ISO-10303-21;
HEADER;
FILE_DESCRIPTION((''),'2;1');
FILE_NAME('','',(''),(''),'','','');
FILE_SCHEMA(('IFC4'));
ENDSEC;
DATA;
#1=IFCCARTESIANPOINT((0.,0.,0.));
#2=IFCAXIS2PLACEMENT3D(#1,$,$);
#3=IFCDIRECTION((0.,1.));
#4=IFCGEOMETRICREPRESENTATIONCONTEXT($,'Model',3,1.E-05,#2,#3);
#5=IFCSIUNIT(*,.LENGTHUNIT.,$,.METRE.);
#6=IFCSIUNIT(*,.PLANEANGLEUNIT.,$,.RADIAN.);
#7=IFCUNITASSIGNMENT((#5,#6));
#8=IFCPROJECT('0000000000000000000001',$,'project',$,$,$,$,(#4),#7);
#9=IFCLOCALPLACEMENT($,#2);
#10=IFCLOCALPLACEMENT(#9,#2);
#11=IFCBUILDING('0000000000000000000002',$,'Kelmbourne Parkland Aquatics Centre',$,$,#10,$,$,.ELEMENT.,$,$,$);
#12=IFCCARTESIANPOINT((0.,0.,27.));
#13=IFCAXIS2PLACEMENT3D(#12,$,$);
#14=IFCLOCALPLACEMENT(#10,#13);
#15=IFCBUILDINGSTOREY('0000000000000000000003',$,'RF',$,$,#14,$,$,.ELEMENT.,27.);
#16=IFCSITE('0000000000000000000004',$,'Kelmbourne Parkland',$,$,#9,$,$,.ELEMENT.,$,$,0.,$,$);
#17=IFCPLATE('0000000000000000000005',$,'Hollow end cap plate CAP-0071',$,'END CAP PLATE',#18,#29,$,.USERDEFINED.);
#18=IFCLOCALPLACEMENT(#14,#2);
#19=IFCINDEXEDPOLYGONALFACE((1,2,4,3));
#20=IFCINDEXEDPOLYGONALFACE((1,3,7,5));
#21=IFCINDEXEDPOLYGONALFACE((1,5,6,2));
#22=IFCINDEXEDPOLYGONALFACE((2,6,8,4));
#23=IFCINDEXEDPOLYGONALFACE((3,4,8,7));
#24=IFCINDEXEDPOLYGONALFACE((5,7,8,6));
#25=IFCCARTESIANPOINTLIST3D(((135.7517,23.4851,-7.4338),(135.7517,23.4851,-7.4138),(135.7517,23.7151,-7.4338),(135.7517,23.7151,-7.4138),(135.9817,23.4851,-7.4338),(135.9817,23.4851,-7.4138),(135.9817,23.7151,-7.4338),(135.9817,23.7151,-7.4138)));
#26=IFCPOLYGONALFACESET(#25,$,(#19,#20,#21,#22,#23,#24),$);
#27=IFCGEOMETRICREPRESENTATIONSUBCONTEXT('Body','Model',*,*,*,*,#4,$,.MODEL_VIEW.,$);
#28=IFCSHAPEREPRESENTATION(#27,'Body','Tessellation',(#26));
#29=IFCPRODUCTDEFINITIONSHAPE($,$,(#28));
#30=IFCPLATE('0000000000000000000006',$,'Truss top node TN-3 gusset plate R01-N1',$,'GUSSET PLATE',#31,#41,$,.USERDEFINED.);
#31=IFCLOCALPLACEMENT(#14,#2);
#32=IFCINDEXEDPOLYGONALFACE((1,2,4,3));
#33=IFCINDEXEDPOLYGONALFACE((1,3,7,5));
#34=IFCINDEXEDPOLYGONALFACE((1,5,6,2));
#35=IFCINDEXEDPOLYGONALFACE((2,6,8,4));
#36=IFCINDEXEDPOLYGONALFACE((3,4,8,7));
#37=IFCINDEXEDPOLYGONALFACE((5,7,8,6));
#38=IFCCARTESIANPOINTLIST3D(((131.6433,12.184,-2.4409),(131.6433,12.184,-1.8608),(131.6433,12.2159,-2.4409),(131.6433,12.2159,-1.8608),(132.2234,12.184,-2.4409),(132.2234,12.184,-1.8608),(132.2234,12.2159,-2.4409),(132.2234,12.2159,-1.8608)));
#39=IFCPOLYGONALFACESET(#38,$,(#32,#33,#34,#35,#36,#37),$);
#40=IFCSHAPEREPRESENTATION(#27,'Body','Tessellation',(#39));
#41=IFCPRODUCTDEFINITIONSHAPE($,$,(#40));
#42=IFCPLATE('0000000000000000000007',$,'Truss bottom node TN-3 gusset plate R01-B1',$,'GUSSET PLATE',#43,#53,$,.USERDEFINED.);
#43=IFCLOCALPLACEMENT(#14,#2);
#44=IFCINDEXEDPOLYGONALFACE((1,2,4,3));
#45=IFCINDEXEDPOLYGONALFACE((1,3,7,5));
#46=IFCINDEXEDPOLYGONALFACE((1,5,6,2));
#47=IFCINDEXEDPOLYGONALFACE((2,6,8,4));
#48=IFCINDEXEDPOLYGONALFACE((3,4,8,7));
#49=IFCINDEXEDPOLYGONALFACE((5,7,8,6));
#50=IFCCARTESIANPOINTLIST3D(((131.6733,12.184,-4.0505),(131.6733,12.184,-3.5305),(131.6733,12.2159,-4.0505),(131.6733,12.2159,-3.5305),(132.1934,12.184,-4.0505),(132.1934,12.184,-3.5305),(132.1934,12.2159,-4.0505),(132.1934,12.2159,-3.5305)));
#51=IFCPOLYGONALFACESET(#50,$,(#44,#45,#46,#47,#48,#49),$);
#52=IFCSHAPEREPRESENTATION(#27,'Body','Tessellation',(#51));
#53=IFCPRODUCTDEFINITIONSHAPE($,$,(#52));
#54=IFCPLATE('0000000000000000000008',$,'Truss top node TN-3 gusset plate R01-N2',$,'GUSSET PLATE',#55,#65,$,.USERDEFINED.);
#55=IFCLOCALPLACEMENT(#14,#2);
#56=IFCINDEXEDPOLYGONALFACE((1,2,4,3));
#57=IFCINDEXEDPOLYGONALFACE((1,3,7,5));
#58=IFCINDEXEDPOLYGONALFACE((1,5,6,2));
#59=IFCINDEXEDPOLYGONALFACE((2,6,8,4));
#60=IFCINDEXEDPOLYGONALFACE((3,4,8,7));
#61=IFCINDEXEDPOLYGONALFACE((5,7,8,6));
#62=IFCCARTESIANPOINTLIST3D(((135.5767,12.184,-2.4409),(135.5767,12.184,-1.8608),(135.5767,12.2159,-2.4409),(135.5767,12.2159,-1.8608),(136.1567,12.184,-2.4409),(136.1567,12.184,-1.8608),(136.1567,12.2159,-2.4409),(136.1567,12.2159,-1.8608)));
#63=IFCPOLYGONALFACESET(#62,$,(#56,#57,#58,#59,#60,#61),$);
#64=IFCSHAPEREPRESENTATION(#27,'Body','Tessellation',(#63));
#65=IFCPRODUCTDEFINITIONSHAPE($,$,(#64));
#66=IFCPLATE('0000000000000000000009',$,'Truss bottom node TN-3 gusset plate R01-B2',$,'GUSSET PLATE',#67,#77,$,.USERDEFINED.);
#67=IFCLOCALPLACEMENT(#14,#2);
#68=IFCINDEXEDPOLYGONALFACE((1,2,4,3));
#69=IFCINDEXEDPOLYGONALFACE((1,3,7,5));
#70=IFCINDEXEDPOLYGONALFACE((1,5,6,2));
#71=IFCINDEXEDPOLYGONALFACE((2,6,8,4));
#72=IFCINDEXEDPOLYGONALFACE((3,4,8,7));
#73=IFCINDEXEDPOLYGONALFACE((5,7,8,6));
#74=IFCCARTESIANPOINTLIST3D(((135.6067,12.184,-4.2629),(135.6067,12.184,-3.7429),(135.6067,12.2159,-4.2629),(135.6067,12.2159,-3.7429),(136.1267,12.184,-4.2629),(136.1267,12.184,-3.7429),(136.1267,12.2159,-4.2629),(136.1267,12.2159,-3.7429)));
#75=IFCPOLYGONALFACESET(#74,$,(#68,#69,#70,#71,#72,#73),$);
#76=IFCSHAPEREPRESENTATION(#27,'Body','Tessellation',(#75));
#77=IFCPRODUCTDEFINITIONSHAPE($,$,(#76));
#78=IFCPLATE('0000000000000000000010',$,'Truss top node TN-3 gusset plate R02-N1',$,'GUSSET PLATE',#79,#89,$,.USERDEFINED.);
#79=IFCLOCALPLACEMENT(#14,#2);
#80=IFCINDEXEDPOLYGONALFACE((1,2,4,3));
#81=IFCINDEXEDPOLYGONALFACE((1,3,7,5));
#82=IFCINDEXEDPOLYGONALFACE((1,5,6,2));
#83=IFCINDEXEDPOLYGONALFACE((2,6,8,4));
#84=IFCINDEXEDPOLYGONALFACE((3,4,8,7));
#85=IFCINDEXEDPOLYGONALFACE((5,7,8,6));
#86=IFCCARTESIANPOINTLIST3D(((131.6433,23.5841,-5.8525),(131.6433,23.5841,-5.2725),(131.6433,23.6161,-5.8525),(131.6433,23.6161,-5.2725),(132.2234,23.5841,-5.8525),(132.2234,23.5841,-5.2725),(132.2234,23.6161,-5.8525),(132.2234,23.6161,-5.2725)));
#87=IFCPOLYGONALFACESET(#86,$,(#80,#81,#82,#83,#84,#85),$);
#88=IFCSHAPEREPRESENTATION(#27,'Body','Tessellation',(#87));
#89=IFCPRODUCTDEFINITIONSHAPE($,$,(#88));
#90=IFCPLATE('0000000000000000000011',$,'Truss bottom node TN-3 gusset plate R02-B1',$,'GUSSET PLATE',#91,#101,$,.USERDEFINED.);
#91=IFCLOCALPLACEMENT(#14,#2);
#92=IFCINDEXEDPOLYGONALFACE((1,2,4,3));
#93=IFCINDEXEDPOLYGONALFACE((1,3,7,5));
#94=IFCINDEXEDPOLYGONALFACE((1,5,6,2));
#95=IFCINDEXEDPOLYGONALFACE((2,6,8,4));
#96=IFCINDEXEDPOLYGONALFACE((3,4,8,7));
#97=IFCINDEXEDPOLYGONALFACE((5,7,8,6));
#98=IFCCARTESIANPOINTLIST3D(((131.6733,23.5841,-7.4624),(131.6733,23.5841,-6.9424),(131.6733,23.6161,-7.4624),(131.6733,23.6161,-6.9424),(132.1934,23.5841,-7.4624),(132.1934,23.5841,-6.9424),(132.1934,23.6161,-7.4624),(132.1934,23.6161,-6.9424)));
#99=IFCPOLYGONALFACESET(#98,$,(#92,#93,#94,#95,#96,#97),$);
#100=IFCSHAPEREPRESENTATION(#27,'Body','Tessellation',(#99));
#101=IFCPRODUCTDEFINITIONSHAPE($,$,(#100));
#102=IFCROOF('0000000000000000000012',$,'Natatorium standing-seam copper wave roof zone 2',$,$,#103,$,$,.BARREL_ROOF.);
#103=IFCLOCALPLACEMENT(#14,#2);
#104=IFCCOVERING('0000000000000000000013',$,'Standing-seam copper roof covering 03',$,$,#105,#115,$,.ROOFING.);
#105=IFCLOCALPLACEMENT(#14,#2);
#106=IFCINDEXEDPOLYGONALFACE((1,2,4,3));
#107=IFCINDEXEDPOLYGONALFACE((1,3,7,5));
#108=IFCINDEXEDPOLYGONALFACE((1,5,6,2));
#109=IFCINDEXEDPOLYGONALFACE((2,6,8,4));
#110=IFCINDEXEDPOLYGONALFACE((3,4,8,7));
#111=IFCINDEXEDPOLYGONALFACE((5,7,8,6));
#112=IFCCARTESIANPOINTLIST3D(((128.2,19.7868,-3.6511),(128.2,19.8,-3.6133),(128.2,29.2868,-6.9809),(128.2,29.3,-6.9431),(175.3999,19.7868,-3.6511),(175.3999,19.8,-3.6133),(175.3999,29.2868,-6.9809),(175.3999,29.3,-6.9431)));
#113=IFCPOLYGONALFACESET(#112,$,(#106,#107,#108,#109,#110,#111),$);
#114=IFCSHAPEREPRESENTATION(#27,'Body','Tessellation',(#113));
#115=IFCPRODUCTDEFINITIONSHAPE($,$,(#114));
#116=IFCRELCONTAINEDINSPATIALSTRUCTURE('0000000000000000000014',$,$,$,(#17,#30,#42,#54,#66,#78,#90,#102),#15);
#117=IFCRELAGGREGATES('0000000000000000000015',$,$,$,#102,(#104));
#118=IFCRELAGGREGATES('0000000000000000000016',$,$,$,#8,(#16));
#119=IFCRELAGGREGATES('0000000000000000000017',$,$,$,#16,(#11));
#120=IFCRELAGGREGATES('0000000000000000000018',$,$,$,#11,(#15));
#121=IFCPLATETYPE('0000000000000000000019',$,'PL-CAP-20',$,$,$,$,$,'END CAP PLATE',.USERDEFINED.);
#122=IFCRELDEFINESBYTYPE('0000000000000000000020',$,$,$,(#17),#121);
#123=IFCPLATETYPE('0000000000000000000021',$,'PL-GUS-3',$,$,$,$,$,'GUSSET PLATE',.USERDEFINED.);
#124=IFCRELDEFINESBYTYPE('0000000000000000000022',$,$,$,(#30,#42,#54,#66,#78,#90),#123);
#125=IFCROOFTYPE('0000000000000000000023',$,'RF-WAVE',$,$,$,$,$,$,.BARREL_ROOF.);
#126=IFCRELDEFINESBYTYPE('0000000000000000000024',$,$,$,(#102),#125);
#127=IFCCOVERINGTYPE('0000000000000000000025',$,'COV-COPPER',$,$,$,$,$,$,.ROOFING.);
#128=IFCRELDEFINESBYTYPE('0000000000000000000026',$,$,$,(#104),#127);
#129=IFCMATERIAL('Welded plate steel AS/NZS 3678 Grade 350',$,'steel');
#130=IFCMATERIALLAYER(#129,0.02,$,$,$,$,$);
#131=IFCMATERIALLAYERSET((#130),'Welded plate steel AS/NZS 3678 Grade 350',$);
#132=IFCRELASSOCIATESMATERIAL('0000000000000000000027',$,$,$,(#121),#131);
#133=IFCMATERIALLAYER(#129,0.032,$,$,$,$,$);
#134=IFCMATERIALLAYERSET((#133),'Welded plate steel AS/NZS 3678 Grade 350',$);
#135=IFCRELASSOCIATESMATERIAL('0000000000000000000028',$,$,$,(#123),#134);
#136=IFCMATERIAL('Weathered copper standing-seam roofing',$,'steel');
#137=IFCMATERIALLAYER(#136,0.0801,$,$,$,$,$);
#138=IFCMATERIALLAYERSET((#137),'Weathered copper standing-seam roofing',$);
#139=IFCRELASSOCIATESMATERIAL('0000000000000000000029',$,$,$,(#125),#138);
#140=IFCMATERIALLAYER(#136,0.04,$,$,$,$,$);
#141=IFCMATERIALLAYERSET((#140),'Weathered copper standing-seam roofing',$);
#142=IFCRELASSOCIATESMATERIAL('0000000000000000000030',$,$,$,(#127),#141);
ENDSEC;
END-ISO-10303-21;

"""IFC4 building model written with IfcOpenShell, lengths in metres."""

from ifc_helpers import new_model, si_unit, direction, frame, origin, origin_2d, place, context, subcontext, project, spatial, polyline, rectangle, outline, extrude, material, layer, layer_set, type_object, element, aggregate, save


model = new_model("IFC4")

# Units and contexts
model_context = context("Model", 3, precision=1e-05, world=origin(), true_north=direction((0.0, 1.0)))
body_context = subcontext(model_context, "Body", "Model", "MODEL_VIEW")
ifc_project = project(units=[si_unit("LENGTHUNIT", "METRE"), si_unit("PLANEANGLEUNIT", "RADIAN")], contexts=[model_context])

# Site, building, storey
site_placement = place(None, origin())
site = spatial("IfcSite", under=ifc_project, at=site_placement, Name="Kelmbourne Parkland", CompositionType="ELEMENT", RefElevation=0.0)
building_placement = place(site_placement, origin())
building = spatial("IfcBuilding", under=site, at=building_placement, Name="Kelmbourne Parkland Aquatics Centre", CompositionType="ELEMENT")
storey_placement = place(building_placement, frame((0.0, 0.0, 27.0)))
storey = spatial("IfcBuildingStorey", under=building, at=storey_placement, Name="RF", CompositionType="ELEMENT", Elevation=27.0)

# Shared definitions
ifc_material_1 = material(Name="Welded plate steel AS/NZS 3678 Grade 350", Category="steel")

# Plates
ifc_layer_1 = layer(ifc_material_1, 0.02)
ifc_layer_set_1 = layer_set([ifc_layer_1], Name="Welded plate steel AS/NZS 3678 Grade 350")
plate_type_1 = type_object("IfcPlateType", Name="PL-CAP-20", ElementType="END CAP PLATE", PredefinedType="USERDEFINED", material=ifc_layer_set_1)
for number, where, z_axis, x_axis, name in (
    (1, (135.8667, 23.6001, -7.4338), (0.0, 0.0, 1.0), (1.0, 0.0, 0.0), "Hollow end cap plate CAP-0071"),
):
    element("IfcPlate", number, at=place(storey_placement, frame(where, z_axis=z_axis, x_axis=x_axis)), inside=storey, type_object=plate_type_1, Name=name, ObjectType="END CAP PLATE", PredefinedType="USERDEFINED", context=body_context, shape_type="SweptSolid", body=[
        extrude(rectangle(XDim=0.23, YDim=0.23, at=origin_2d()), origin(), (0.0, 0.0, 1.0), 0.02),
    ])
ifc_layer_2 = layer(ifc_material_1, 0.032)
ifc_layer_set_2 = layer_set([ifc_layer_2], Name="Welded plate steel AS/NZS 3678 Grade 350")
plate_type_2 = type_object("IfcPlateType", Name="PL-GUS-3", ElementType="GUSSET PLATE", PredefinedType="USERDEFINED", material=ifc_layer_set_2)
plate_1_placement = place(storey_placement, frame((131.9333, 12.2, -2.4409), z_axis=(0.0, 0.0, 1.0), x_axis=(1.0, 0.0, 0.0)))
element("IfcPlate", 2, at=plate_1_placement, inside=storey, type_object=plate_type_2, Name="Truss top node TN-3 gusset plate R01-N1", ObjectType="GUSSET PLATE", PredefinedType="USERDEFINED", context=body_context, shape_type="SweptSolid", body=[
    extrude(rectangle(XDim=0.5801, YDim=0.032, at=origin_2d()), origin(), (0.0, 0.0, 1.0), 0.5801),
])
plate_2_placement = place(storey_placement, frame((131.9333, 12.2, -4.0505), z_axis=(0.0, 0.0, 1.0), x_axis=(1.0, 0.0, 0.0)))
element("IfcPlate", 3, at=plate_2_placement, inside=storey, type_object=plate_type_2, Name="Truss bottom node TN-3 gusset plate R01-B1", ObjectType="GUSSET PLATE", PredefinedType="USERDEFINED", context=body_context, shape_type="SweptSolid", body=[
    extrude(rectangle(XDim=0.52, YDim=0.032, at=origin_2d()), origin(), (0.0, 0.0, 1.0), 0.52),
])
plate_3_placement = place(storey_placement, frame((135.8667, 12.2, -2.4409), z_axis=(0.0, 0.0, 1.0), x_axis=(1.0, 0.0, 0.0)))
element("IfcPlate", 4, at=plate_3_placement, inside=storey, type_object=plate_type_2, Name="Truss top node TN-3 gusset plate R01-N2", ObjectType="GUSSET PLATE", PredefinedType="USERDEFINED", context=body_context, shape_type="SweptSolid", body=[
    extrude(rectangle(XDim=0.5801, YDim=0.032, at=origin_2d()), origin(), (0.0, 0.0, 1.0), 0.5801),
])
plate_4_placement = place(storey_placement, frame((135.8667, 12.2, -4.2629), z_axis=(0.0, 0.0, 1.0), x_axis=(1.0, 0.0, 0.0)))
element("IfcPlate", 5, at=plate_4_placement, inside=storey, type_object=plate_type_2, Name="Truss bottom node TN-3 gusset plate R01-B2", ObjectType="GUSSET PLATE", PredefinedType="USERDEFINED", context=body_context, shape_type="SweptSolid", body=[
    extrude(rectangle(XDim=0.52, YDim=0.032, at=origin_2d()), origin(), (0.0, 0.0, 1.0), 0.52),
])
plate_5_placement = place(storey_placement, frame((131.9333, 23.6001, -5.8525), z_axis=(0.0, 0.0, 1.0), x_axis=(1.0, 0.0, 0.0)))
element("IfcPlate", 6, at=plate_5_placement, inside=storey, type_object=plate_type_2, Name="Truss top node TN-3 gusset plate R02-N1", ObjectType="GUSSET PLATE", PredefinedType="USERDEFINED", context=body_context, shape_type="SweptSolid", body=[
    extrude(rectangle(XDim=0.5801, YDim=0.032, at=origin_2d()), origin(), (0.0, 0.0, 1.0), 0.5801),
])
plate_6_placement = place(storey_placement, frame((131.9333, 23.6001, -7.4624), z_axis=(0.0, 0.0, 1.0), x_axis=(1.0, 0.0, 0.0)))
element("IfcPlate", 7, at=plate_6_placement, inside=storey, type_object=plate_type_2, Name="Truss bottom node TN-3 gusset plate R02-B1", ObjectType="GUSSET PLATE", PredefinedType="USERDEFINED", context=body_context, shape_type="SweptSolid", body=[
    extrude(rectangle(XDim=0.52, YDim=0.032, at=origin_2d()), origin(), (0.0, 0.0, 1.0), 0.52),
])

# Roof, covering
ifc_material_2 = material(Name="Weathered copper standing-seam roofing", Category="steel")
ifc_layer_3 = layer(ifc_material_2, 0.0801)
ifc_layer_set_3 = layer_set([ifc_layer_3], Name="Weathered copper standing-seam roofing")
roof_type = type_object("IfcRoofType", Name="RF-WAVE", PredefinedType="BARREL_ROOF", material=ifc_layer_set_3)
roof_placement = place(storey_placement, origin())
roof = element("IfcRoof", 8, at=roof_placement, inside=storey, type_object=roof_type, Name="Natatorium standing-seam copper wave roof zone 2", PredefinedType="BARREL_ROOF")
ifc_layer_4 = layer(ifc_material_2, 0.04)
ifc_layer_set_4 = layer_set([ifc_layer_4], Name="Weathered copper standing-seam roofing")
covering_type = type_object("IfcCoveringType", Name="COV-COPPER", PredefinedType="ROOFING", material=ifc_layer_set_4)
covering_placement = place(storey_placement, frame((128.2, 19.8, -3.6133), z_axis=(0.0, 0.330778, 0.943709), x_axis=(1.0, 0.0, 0.0)))
covering = element("IfcCovering", 9, at=covering_placement, type_object=covering_type, Name="Standing-seam copper roof covering 03", PredefinedType="ROOFING", context=body_context, shape_type="SweptSolid", body=[
    extrude(outline(polyline([(0.0, 0.0), (47.2, 0.0), (47.2, 10.0667), (0.0, 10.0667), (0.0, 0.0)])), origin(), (0.0, 0.0, -1.0), 0.04),
])
aggregate(roof, [covering])

save(model, "model.ifc")
